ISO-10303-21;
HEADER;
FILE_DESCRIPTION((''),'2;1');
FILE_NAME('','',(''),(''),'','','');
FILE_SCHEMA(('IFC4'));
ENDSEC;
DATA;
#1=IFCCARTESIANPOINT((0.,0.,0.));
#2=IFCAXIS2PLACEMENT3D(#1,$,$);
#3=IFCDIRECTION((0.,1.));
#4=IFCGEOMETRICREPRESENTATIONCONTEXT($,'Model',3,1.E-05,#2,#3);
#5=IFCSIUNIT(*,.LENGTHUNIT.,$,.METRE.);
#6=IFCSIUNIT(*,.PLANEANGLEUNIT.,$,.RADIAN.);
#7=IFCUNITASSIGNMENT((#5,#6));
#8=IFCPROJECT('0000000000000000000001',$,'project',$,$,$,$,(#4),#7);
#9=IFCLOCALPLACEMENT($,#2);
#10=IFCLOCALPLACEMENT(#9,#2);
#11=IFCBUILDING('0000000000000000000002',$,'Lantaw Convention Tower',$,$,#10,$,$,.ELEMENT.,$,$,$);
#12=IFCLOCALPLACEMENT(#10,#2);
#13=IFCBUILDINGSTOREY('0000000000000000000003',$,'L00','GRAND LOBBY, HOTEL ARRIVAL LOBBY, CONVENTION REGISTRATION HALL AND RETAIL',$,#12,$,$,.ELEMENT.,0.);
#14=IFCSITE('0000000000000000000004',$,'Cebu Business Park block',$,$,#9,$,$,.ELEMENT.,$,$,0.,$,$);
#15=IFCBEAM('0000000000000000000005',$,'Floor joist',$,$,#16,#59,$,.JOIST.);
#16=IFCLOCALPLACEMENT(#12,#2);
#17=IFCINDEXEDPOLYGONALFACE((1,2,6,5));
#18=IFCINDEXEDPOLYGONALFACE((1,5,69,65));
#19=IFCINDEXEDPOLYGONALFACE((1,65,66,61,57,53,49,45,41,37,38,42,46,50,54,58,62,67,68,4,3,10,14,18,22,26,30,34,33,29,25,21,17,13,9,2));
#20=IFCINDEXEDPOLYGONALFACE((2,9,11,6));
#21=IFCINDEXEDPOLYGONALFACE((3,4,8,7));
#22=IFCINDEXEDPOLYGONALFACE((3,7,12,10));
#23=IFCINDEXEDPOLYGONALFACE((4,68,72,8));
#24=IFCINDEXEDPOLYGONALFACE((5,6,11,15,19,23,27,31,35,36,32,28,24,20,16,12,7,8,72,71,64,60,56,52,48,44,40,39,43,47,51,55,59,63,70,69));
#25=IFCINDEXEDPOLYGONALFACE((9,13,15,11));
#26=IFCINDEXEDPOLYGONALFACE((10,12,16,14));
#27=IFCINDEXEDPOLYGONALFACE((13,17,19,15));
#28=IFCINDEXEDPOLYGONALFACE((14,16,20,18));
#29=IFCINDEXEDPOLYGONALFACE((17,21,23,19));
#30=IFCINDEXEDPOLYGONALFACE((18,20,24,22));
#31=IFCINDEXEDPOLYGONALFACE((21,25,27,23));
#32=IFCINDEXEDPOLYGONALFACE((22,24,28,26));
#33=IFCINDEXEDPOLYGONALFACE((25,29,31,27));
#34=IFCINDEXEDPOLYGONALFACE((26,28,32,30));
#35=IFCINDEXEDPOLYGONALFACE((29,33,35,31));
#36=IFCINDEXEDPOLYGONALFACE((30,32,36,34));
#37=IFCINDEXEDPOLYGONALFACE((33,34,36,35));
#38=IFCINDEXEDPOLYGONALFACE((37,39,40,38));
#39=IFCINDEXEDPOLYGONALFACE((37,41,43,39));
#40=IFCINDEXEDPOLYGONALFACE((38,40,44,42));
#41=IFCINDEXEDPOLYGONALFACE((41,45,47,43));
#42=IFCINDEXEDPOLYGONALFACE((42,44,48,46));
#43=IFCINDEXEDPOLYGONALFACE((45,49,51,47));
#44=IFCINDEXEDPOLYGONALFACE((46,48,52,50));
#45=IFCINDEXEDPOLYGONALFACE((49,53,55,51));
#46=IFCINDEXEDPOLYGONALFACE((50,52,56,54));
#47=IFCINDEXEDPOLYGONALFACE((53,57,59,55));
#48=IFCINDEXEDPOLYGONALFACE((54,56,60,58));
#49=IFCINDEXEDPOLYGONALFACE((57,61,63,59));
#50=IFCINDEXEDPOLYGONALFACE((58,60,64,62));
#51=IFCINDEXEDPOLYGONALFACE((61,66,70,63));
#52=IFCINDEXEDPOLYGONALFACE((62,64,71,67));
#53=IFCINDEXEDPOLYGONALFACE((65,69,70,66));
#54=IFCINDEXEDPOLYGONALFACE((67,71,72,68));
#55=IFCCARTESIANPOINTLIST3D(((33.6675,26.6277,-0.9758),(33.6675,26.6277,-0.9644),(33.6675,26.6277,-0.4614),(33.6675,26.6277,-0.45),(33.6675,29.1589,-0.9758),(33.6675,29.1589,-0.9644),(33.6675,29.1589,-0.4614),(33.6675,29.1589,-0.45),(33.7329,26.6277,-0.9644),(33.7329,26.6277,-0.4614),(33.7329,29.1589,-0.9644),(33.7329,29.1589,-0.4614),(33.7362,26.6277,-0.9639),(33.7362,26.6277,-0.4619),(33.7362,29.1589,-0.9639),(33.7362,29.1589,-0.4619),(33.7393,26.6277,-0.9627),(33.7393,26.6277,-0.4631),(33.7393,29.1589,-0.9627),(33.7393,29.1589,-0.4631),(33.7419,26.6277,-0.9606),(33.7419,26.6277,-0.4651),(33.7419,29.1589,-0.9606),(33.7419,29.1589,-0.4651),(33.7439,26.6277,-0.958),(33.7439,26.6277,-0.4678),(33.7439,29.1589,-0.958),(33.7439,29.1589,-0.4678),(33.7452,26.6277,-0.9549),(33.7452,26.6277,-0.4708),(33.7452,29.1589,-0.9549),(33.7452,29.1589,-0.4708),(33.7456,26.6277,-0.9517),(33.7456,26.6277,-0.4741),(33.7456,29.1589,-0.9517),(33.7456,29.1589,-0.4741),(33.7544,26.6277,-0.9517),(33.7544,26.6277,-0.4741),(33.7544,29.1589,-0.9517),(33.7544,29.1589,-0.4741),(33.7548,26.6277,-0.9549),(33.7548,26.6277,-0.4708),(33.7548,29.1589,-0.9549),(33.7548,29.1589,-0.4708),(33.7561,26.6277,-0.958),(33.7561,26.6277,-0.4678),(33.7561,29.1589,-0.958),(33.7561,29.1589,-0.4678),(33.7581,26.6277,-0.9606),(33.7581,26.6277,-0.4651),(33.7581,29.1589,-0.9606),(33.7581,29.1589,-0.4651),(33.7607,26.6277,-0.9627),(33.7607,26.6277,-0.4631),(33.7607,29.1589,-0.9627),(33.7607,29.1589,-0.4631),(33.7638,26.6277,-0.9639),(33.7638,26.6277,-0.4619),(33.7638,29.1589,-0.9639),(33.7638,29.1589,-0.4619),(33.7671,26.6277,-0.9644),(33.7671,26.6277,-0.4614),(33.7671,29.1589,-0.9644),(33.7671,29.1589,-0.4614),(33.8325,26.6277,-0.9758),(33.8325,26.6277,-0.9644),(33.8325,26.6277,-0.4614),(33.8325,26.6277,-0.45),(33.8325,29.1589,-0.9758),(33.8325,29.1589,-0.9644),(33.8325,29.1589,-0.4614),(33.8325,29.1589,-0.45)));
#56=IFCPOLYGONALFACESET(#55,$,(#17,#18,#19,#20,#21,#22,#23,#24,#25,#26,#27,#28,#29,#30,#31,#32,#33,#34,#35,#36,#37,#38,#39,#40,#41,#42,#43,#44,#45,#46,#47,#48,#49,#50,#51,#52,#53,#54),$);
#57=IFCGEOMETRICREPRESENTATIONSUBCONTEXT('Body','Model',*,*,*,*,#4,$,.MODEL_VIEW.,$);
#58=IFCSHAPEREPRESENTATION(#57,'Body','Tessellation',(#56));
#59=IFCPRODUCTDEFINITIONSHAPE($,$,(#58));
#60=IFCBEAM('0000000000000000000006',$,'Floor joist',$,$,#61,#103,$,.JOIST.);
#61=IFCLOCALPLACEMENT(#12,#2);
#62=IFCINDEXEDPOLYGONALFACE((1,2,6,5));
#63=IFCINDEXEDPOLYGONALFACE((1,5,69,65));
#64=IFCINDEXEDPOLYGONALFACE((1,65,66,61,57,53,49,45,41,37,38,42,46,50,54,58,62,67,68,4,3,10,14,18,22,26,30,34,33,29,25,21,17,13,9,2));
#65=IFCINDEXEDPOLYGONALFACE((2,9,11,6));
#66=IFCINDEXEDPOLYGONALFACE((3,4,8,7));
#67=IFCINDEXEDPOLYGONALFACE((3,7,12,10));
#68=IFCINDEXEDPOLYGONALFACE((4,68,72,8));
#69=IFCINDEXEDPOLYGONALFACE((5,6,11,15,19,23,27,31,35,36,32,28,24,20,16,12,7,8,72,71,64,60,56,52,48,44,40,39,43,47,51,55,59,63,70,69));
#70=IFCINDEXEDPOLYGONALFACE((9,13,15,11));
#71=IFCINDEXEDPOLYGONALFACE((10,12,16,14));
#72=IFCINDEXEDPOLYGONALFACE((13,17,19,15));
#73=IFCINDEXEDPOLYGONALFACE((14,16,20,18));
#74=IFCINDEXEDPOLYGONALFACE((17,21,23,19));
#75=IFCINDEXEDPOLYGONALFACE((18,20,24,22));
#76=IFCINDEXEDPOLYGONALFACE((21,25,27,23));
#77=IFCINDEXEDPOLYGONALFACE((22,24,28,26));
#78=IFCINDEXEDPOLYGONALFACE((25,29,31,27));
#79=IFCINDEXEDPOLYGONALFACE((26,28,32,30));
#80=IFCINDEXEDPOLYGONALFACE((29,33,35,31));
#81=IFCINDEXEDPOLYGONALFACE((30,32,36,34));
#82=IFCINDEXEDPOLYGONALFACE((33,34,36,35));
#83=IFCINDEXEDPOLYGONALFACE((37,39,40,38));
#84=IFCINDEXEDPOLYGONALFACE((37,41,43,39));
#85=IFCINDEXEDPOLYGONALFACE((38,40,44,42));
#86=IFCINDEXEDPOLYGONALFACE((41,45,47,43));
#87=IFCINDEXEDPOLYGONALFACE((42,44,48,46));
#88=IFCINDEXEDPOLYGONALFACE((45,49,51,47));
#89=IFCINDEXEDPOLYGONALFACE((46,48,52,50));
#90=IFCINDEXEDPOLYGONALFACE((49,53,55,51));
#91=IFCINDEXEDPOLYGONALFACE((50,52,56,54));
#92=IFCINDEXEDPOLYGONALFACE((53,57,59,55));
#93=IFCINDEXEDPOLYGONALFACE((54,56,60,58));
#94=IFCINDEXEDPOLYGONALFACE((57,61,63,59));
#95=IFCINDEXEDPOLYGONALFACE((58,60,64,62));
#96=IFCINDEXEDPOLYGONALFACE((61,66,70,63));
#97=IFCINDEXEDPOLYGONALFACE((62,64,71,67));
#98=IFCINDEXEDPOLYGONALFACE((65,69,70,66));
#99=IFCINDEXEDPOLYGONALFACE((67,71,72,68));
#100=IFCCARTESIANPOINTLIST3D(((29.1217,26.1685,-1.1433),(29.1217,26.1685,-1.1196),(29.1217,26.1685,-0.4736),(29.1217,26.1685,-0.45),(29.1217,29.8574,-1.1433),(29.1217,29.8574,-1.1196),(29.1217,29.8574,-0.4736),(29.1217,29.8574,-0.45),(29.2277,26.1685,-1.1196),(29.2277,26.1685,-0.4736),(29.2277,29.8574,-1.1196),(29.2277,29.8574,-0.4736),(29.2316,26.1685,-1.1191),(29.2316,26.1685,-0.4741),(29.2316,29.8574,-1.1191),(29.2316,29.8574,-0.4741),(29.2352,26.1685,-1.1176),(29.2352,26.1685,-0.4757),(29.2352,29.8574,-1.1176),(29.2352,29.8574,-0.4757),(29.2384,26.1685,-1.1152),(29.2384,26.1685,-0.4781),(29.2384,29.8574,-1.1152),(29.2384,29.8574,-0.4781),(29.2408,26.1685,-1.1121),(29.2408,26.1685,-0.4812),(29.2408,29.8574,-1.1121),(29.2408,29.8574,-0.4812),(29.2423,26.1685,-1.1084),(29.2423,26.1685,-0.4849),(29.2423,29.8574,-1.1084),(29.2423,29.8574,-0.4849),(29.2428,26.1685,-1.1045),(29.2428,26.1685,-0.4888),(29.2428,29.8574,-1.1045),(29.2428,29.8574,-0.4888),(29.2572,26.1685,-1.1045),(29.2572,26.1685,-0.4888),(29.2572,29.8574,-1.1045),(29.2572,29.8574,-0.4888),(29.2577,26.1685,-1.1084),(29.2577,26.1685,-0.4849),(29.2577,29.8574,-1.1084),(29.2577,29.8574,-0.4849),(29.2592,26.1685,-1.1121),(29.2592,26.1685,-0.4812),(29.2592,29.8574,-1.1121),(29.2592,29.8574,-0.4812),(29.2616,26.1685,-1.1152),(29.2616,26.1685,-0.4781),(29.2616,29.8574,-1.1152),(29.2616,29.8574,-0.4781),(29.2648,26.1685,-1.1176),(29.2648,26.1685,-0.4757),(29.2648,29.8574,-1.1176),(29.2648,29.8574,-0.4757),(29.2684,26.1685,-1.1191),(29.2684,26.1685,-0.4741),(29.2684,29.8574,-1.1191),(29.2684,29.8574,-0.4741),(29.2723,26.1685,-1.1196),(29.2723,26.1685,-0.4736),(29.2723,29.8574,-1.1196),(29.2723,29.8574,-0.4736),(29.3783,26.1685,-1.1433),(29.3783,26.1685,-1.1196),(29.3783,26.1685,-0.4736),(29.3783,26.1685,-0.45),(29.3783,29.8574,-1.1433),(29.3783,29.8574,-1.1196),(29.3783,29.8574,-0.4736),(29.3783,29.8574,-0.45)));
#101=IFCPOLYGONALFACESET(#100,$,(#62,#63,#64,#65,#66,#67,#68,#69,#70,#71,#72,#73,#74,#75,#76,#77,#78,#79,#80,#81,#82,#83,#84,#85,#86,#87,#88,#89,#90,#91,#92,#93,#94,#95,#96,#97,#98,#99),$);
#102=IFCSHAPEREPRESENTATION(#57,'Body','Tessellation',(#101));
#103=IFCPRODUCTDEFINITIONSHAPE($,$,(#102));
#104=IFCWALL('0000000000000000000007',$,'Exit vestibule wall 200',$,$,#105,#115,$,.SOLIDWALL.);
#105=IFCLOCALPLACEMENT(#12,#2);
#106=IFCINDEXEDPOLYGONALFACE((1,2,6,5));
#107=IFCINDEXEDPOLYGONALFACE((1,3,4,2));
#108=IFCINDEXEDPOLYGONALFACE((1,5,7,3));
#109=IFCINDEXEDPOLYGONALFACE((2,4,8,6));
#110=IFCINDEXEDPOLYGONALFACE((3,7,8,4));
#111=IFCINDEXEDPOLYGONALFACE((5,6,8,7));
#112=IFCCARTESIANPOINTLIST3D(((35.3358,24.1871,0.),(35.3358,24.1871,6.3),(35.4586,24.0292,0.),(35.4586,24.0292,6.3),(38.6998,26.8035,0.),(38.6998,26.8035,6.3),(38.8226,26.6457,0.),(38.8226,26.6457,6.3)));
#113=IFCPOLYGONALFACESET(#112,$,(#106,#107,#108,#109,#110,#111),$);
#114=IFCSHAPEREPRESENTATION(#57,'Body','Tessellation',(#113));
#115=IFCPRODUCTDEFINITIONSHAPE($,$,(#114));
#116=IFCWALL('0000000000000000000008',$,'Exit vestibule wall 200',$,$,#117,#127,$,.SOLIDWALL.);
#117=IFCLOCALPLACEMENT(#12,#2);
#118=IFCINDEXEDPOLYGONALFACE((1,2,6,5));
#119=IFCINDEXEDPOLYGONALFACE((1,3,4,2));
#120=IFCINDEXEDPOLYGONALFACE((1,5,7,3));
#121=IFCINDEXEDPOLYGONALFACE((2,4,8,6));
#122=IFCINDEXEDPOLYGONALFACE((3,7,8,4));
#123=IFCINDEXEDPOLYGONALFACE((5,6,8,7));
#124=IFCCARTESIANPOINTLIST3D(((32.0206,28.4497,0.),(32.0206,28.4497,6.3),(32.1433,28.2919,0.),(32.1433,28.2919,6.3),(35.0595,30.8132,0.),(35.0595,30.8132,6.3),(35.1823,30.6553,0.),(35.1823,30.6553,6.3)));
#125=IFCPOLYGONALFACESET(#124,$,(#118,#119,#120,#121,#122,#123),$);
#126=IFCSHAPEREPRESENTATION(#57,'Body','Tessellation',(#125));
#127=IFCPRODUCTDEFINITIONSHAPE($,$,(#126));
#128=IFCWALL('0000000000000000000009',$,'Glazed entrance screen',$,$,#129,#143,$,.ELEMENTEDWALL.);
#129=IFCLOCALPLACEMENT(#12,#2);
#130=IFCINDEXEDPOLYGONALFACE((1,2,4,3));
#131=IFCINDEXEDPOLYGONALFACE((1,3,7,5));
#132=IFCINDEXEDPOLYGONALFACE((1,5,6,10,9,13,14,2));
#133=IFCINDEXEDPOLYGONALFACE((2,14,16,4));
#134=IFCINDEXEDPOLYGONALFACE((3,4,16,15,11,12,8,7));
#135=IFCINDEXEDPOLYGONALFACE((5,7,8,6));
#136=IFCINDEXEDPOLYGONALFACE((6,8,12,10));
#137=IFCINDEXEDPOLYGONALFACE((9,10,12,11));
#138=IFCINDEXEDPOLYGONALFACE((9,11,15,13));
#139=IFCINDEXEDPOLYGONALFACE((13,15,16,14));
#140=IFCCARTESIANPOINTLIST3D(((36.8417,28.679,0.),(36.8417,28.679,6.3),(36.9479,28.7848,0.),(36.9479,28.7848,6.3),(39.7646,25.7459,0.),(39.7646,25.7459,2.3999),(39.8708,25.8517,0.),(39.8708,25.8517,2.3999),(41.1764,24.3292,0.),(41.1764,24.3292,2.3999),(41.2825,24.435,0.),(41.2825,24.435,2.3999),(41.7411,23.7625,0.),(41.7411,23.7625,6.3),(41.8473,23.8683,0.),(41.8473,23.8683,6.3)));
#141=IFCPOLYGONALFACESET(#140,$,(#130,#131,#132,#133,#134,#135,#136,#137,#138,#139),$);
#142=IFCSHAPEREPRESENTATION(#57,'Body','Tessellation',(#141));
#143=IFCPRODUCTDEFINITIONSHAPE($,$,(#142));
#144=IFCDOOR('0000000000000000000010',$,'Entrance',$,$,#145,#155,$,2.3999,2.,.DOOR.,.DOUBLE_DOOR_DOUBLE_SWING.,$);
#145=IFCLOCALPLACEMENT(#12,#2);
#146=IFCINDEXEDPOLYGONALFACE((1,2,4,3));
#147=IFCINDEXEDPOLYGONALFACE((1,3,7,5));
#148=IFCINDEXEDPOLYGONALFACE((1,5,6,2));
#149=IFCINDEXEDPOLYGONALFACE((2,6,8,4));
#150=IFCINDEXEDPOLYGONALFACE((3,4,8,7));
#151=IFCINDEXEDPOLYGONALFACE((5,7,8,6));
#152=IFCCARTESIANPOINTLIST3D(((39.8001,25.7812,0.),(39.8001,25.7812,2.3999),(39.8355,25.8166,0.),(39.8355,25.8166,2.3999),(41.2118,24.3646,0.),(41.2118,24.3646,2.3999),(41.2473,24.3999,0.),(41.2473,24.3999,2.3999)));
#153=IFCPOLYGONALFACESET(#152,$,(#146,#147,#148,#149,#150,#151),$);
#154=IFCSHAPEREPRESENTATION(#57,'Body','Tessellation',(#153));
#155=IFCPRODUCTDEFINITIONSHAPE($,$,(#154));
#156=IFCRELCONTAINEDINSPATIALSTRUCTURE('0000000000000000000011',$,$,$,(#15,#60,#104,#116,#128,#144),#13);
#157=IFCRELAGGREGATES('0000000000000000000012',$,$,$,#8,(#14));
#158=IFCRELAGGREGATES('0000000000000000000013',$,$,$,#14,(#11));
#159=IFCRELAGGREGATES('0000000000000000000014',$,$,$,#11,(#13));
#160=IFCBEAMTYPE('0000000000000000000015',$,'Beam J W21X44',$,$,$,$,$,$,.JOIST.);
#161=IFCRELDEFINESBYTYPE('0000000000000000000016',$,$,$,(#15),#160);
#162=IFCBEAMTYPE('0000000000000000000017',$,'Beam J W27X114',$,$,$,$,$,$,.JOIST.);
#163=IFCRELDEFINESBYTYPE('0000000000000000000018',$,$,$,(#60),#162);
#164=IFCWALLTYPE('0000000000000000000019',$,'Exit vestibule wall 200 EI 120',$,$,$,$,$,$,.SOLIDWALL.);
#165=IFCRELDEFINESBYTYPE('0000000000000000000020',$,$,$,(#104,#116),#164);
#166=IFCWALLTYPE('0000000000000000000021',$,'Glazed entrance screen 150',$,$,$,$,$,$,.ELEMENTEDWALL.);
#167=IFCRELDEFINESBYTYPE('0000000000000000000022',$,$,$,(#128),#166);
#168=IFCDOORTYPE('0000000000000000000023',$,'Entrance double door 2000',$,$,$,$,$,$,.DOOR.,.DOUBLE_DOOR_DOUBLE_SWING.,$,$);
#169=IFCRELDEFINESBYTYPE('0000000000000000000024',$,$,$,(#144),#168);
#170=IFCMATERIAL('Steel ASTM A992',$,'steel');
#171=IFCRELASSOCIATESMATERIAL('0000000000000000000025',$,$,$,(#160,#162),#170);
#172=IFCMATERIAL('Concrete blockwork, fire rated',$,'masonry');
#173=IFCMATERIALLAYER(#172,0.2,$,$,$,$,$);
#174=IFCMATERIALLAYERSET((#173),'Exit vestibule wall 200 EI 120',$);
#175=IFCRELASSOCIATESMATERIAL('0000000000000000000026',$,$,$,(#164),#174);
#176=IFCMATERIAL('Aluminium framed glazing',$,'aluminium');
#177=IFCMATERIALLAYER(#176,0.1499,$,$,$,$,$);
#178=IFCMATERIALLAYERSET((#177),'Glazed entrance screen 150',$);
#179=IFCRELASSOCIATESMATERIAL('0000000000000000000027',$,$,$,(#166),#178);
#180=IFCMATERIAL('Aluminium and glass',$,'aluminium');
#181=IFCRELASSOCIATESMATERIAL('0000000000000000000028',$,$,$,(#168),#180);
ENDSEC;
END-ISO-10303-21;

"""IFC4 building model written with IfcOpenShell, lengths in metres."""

from ifc_helpers import new_model, si_unit, direction, frame, frame_2d, origin, origin_2d, place, context, subcontext, project, spatial, rectangle, i_section, extrude, material, layer, layer_set, material_profile, profile_set, type_object, element, fill, save


model = new_model("IFC4")

# Units and contexts
model_context = context("Model", 3, precision=1e-05, world=origin(), true_north=direction((0.0, 1.0)))
body_context = subcontext(model_context, "Body", "Model", "MODEL_VIEW")
ifc_project = project(units=[si_unit("LENGTHUNIT", "METRE"), si_unit("PLANEANGLEUNIT", "RADIAN")], contexts=[model_context])

# Site, building, storey
site_placement = place(None, origin())
site = spatial("IfcSite", under=ifc_project, at=site_placement, Name="Cebu Business Park block", CompositionType="ELEMENT", RefElevation=0.0)
building_placement = place(site_placement, origin())
building = spatial("IfcBuilding", under=site, at=building_placement, Name="Lantaw Convention Tower", CompositionType="ELEMENT")
storey_placement = place(building_placement, origin())
storey = spatial("IfcBuildingStorey", under=building, at=storey_placement, Name="L00", Description="GRAND LOBBY, HOTEL ARRIVAL LOBBY, CONVENTION REGISTRATION HALL AND RETAIL", CompositionType="ELEMENT", Elevation=0.0)

# Beams
ifc_material_1 = material(Name="Steel ASTM A992", Category="steel")
ifc_material_profile_1 = material_profile(ifc_material_1, i_section(OverallWidth=0.165, OverallDepth=0.5259, WebThickness=0.0088, FlangeThickness=0.0115, FilletRadius=0.0127, at=origin_2d()), Name="W21X44")
ifc_profile_set_1 = profile_set([ifc_material_profile_1], Name="Steel ASTM A992")
beam_type_1 = type_object("IfcBeamType", Name="Beam J W21X44", PredefinedType="JOIST", material=ifc_profile_set_1)
beam_1_placement = place(storey_placement, frame((33.75, 26.6277, -0.7129), z_axis=(0.0, 1.0, 0.0), x_axis=(-1.0, 0.0, 0.0)))
element("IfcBeam", 1, at=beam_1_placement, inside=storey, type_object=beam_type_1, Name="Floor joist", PredefinedType="JOIST", context=body_context, shape_type="SweptSolid", body=[
    extrude(i_section(OverallWidth=0.165, OverallDepth=0.5259, WebThickness=0.0088, FlangeThickness=0.0115, FilletRadius=0.0127, at=origin_2d()), origin(), (0.0, 0.0, 1.0), 2.5312),
])
ifc_material_profile_2 = material_profile(ifc_material_1, i_section(OverallWidth=0.2566, OverallDepth=0.6934, WebThickness=0.0144, FlangeThickness=0.0237, FilletRadius=0.0151, at=origin_2d()), Name="W27X114")
ifc_profile_set_2 = profile_set([ifc_material_profile_2], Name="Steel ASTM A992")
beam_type_2 = type_object("IfcBeamType", Name="Beam J W27X114", PredefinedType="JOIST", material=ifc_profile_set_2)
beam_2_placement = place(storey_placement, frame((29.25, 26.1685, -0.7966), z_axis=(0.0, 1.0, 0.0), x_axis=(-1.0, 0.0, 0.0)))
element("IfcBeam", 2, at=beam_2_placement, inside=storey, type_object=beam_type_2, Name="Floor joist", PredefinedType="JOIST", context=body_context, shape_type="SweptSolid", body=[
    extrude(i_section(OverallWidth=0.2566, OverallDepth=0.6934, WebThickness=0.0144, FlangeThickness=0.0237, FilletRadius=0.0151, at=origin_2d()), origin(), (0.0, 0.0, 1.0), 3.689),
])

# Walls
ifc_material_2 = material(Name="Concrete blockwork, fire rated", Category="masonry")
ifc_layer_1 = layer(ifc_material_2, 0.2)
ifc_layer_set_1 = layer_set([ifc_layer_1], Name="Exit vestibule wall 200 EI 120")
wall_type_1 = type_object("IfcWallType", Name="Exit vestibule wall 200 EI 120", PredefinedType="SOLIDWALL", material=ifc_layer_set_1)
wall_1_placement = place(storey_placement, frame((35.3972, 24.1082, 0.0), z_axis=(0.0, 0.0, 1.0), x_axis=(0.789352, 0.613941, 0.0)))
element("IfcWall", 3, at=wall_1_placement, inside=storey, type_object=wall_type_1, Name="Exit vestibule wall 200", PredefinedType="SOLIDWALL", context=body_context, shape_type="SweptSolid", body=[
    extrude(rectangle(XDim=4.2617, YDim=0.2, at=frame_2d((2.1309, 0.0))), origin(), (0.0, 0.0, 1.0), 6.3),
])
wall_2_placement = place(storey_placement, frame((32.082, 28.3708, 0.0), z_axis=(0.0, 0.0, 1.0), x_axis=(0.789376, 0.61391, 0.0)))
element("IfcWall", 4, at=wall_2_placement, inside=storey, type_object=wall_type_1, Name="Exit vestibule wall 200", PredefinedType="SOLIDWALL", context=body_context, shape_type="SweptSolid", body=[
    extrude(rectangle(XDim=3.8499, YDim=0.2, at=frame_2d((1.9248, 0.0))), origin(), (0.0, 0.0, 1.0), 6.3),
])

# Wall, opening, door
ifc_material_3 = material(Name="Aluminium framed glazing", Category="aluminium")
ifc_layer_2 = layer(ifc_material_3, 0.1499)
ifc_layer_set_2 = layer_set([ifc_layer_2], Name="Glazed entrance screen 150")
wall_type_2 = type_object("IfcWallType", Name="Glazed entrance screen 150", PredefinedType="ELEMENTEDWALL", material=ifc_layer_set_2)
wall_3_placement = place(storey_placement, frame((41.7942, 23.8154, 0.0), z_axis=(0.0, 0.0, 1.0), x_axis=(-0.705875, 0.708337, 0.0)))
wall_3 = element("IfcWall", 5, at=wall_3_placement, inside=storey, type_object=wall_type_2, Name="Glazed entrance screen", PredefinedType="ELEMENTEDWALL", context=body_context, shape_type="SweptSolid", body=[
    extrude(rectangle(XDim=6.9409, YDim=0.1499, at=frame_2d((3.4705, 0.0))), origin(), (0.0, 0.0, 1.0), 6.3),
])
opening_1_placement = place(wall_3_placement, frame((0.8, 0.0, 0.0)))
opening_1 = element("IfcOpeningElement", 6, at=opening_1_placement, cuts=wall_3, PredefinedType="OPENING", context=body_context, shape_type="SweptSolid", body=[
    extrude(rectangle(XDim=2.0, YDim=2.3999, at=frame_2d((1.0, 1.2))), frame((0.0, 0.085, 0.0), z_axis=(0.0, -1.0, 0.0), x_axis=(1.0, 0.0, 0.0)), (0.0, 0.0, 1.0), 0.1699),
])
ifc_material_4 = material(Name="Aluminium and glass", Category="aluminium")
door_type_1 = type_object("IfcDoorType", Name="Entrance double door 2000", OperationType="DOUBLE_DOOR_DOUBLE_SWING", PredefinedType="DOOR", material=ifc_material_4)
door_1_placement = place(opening_1_placement, origin())
door_1 = element("IfcDoor", 7, at=door_1_placement, inside=storey, type_object=door_type_1, Name="Entrance", OperationType="DOUBLE_DOOR_DOUBLE_SWING", OverallHeight=2.3999, OverallWidth=2.0, PredefinedType="DOOR", context=body_context, shape_type="SweptSolid", body=[
    extrude(rectangle(XDim=2.0, YDim=2.3999, at=frame_2d((1.0, 1.2))), frame((0.0, 0.0249, 0.0), z_axis=(0.0, -1.0, 0.0), x_axis=(1.0, 0.0, 0.0)), (0.0, 0.0, 1.0), 0.05),
])
fill(opening_1, door_1)

save(model, "model.ifc")
